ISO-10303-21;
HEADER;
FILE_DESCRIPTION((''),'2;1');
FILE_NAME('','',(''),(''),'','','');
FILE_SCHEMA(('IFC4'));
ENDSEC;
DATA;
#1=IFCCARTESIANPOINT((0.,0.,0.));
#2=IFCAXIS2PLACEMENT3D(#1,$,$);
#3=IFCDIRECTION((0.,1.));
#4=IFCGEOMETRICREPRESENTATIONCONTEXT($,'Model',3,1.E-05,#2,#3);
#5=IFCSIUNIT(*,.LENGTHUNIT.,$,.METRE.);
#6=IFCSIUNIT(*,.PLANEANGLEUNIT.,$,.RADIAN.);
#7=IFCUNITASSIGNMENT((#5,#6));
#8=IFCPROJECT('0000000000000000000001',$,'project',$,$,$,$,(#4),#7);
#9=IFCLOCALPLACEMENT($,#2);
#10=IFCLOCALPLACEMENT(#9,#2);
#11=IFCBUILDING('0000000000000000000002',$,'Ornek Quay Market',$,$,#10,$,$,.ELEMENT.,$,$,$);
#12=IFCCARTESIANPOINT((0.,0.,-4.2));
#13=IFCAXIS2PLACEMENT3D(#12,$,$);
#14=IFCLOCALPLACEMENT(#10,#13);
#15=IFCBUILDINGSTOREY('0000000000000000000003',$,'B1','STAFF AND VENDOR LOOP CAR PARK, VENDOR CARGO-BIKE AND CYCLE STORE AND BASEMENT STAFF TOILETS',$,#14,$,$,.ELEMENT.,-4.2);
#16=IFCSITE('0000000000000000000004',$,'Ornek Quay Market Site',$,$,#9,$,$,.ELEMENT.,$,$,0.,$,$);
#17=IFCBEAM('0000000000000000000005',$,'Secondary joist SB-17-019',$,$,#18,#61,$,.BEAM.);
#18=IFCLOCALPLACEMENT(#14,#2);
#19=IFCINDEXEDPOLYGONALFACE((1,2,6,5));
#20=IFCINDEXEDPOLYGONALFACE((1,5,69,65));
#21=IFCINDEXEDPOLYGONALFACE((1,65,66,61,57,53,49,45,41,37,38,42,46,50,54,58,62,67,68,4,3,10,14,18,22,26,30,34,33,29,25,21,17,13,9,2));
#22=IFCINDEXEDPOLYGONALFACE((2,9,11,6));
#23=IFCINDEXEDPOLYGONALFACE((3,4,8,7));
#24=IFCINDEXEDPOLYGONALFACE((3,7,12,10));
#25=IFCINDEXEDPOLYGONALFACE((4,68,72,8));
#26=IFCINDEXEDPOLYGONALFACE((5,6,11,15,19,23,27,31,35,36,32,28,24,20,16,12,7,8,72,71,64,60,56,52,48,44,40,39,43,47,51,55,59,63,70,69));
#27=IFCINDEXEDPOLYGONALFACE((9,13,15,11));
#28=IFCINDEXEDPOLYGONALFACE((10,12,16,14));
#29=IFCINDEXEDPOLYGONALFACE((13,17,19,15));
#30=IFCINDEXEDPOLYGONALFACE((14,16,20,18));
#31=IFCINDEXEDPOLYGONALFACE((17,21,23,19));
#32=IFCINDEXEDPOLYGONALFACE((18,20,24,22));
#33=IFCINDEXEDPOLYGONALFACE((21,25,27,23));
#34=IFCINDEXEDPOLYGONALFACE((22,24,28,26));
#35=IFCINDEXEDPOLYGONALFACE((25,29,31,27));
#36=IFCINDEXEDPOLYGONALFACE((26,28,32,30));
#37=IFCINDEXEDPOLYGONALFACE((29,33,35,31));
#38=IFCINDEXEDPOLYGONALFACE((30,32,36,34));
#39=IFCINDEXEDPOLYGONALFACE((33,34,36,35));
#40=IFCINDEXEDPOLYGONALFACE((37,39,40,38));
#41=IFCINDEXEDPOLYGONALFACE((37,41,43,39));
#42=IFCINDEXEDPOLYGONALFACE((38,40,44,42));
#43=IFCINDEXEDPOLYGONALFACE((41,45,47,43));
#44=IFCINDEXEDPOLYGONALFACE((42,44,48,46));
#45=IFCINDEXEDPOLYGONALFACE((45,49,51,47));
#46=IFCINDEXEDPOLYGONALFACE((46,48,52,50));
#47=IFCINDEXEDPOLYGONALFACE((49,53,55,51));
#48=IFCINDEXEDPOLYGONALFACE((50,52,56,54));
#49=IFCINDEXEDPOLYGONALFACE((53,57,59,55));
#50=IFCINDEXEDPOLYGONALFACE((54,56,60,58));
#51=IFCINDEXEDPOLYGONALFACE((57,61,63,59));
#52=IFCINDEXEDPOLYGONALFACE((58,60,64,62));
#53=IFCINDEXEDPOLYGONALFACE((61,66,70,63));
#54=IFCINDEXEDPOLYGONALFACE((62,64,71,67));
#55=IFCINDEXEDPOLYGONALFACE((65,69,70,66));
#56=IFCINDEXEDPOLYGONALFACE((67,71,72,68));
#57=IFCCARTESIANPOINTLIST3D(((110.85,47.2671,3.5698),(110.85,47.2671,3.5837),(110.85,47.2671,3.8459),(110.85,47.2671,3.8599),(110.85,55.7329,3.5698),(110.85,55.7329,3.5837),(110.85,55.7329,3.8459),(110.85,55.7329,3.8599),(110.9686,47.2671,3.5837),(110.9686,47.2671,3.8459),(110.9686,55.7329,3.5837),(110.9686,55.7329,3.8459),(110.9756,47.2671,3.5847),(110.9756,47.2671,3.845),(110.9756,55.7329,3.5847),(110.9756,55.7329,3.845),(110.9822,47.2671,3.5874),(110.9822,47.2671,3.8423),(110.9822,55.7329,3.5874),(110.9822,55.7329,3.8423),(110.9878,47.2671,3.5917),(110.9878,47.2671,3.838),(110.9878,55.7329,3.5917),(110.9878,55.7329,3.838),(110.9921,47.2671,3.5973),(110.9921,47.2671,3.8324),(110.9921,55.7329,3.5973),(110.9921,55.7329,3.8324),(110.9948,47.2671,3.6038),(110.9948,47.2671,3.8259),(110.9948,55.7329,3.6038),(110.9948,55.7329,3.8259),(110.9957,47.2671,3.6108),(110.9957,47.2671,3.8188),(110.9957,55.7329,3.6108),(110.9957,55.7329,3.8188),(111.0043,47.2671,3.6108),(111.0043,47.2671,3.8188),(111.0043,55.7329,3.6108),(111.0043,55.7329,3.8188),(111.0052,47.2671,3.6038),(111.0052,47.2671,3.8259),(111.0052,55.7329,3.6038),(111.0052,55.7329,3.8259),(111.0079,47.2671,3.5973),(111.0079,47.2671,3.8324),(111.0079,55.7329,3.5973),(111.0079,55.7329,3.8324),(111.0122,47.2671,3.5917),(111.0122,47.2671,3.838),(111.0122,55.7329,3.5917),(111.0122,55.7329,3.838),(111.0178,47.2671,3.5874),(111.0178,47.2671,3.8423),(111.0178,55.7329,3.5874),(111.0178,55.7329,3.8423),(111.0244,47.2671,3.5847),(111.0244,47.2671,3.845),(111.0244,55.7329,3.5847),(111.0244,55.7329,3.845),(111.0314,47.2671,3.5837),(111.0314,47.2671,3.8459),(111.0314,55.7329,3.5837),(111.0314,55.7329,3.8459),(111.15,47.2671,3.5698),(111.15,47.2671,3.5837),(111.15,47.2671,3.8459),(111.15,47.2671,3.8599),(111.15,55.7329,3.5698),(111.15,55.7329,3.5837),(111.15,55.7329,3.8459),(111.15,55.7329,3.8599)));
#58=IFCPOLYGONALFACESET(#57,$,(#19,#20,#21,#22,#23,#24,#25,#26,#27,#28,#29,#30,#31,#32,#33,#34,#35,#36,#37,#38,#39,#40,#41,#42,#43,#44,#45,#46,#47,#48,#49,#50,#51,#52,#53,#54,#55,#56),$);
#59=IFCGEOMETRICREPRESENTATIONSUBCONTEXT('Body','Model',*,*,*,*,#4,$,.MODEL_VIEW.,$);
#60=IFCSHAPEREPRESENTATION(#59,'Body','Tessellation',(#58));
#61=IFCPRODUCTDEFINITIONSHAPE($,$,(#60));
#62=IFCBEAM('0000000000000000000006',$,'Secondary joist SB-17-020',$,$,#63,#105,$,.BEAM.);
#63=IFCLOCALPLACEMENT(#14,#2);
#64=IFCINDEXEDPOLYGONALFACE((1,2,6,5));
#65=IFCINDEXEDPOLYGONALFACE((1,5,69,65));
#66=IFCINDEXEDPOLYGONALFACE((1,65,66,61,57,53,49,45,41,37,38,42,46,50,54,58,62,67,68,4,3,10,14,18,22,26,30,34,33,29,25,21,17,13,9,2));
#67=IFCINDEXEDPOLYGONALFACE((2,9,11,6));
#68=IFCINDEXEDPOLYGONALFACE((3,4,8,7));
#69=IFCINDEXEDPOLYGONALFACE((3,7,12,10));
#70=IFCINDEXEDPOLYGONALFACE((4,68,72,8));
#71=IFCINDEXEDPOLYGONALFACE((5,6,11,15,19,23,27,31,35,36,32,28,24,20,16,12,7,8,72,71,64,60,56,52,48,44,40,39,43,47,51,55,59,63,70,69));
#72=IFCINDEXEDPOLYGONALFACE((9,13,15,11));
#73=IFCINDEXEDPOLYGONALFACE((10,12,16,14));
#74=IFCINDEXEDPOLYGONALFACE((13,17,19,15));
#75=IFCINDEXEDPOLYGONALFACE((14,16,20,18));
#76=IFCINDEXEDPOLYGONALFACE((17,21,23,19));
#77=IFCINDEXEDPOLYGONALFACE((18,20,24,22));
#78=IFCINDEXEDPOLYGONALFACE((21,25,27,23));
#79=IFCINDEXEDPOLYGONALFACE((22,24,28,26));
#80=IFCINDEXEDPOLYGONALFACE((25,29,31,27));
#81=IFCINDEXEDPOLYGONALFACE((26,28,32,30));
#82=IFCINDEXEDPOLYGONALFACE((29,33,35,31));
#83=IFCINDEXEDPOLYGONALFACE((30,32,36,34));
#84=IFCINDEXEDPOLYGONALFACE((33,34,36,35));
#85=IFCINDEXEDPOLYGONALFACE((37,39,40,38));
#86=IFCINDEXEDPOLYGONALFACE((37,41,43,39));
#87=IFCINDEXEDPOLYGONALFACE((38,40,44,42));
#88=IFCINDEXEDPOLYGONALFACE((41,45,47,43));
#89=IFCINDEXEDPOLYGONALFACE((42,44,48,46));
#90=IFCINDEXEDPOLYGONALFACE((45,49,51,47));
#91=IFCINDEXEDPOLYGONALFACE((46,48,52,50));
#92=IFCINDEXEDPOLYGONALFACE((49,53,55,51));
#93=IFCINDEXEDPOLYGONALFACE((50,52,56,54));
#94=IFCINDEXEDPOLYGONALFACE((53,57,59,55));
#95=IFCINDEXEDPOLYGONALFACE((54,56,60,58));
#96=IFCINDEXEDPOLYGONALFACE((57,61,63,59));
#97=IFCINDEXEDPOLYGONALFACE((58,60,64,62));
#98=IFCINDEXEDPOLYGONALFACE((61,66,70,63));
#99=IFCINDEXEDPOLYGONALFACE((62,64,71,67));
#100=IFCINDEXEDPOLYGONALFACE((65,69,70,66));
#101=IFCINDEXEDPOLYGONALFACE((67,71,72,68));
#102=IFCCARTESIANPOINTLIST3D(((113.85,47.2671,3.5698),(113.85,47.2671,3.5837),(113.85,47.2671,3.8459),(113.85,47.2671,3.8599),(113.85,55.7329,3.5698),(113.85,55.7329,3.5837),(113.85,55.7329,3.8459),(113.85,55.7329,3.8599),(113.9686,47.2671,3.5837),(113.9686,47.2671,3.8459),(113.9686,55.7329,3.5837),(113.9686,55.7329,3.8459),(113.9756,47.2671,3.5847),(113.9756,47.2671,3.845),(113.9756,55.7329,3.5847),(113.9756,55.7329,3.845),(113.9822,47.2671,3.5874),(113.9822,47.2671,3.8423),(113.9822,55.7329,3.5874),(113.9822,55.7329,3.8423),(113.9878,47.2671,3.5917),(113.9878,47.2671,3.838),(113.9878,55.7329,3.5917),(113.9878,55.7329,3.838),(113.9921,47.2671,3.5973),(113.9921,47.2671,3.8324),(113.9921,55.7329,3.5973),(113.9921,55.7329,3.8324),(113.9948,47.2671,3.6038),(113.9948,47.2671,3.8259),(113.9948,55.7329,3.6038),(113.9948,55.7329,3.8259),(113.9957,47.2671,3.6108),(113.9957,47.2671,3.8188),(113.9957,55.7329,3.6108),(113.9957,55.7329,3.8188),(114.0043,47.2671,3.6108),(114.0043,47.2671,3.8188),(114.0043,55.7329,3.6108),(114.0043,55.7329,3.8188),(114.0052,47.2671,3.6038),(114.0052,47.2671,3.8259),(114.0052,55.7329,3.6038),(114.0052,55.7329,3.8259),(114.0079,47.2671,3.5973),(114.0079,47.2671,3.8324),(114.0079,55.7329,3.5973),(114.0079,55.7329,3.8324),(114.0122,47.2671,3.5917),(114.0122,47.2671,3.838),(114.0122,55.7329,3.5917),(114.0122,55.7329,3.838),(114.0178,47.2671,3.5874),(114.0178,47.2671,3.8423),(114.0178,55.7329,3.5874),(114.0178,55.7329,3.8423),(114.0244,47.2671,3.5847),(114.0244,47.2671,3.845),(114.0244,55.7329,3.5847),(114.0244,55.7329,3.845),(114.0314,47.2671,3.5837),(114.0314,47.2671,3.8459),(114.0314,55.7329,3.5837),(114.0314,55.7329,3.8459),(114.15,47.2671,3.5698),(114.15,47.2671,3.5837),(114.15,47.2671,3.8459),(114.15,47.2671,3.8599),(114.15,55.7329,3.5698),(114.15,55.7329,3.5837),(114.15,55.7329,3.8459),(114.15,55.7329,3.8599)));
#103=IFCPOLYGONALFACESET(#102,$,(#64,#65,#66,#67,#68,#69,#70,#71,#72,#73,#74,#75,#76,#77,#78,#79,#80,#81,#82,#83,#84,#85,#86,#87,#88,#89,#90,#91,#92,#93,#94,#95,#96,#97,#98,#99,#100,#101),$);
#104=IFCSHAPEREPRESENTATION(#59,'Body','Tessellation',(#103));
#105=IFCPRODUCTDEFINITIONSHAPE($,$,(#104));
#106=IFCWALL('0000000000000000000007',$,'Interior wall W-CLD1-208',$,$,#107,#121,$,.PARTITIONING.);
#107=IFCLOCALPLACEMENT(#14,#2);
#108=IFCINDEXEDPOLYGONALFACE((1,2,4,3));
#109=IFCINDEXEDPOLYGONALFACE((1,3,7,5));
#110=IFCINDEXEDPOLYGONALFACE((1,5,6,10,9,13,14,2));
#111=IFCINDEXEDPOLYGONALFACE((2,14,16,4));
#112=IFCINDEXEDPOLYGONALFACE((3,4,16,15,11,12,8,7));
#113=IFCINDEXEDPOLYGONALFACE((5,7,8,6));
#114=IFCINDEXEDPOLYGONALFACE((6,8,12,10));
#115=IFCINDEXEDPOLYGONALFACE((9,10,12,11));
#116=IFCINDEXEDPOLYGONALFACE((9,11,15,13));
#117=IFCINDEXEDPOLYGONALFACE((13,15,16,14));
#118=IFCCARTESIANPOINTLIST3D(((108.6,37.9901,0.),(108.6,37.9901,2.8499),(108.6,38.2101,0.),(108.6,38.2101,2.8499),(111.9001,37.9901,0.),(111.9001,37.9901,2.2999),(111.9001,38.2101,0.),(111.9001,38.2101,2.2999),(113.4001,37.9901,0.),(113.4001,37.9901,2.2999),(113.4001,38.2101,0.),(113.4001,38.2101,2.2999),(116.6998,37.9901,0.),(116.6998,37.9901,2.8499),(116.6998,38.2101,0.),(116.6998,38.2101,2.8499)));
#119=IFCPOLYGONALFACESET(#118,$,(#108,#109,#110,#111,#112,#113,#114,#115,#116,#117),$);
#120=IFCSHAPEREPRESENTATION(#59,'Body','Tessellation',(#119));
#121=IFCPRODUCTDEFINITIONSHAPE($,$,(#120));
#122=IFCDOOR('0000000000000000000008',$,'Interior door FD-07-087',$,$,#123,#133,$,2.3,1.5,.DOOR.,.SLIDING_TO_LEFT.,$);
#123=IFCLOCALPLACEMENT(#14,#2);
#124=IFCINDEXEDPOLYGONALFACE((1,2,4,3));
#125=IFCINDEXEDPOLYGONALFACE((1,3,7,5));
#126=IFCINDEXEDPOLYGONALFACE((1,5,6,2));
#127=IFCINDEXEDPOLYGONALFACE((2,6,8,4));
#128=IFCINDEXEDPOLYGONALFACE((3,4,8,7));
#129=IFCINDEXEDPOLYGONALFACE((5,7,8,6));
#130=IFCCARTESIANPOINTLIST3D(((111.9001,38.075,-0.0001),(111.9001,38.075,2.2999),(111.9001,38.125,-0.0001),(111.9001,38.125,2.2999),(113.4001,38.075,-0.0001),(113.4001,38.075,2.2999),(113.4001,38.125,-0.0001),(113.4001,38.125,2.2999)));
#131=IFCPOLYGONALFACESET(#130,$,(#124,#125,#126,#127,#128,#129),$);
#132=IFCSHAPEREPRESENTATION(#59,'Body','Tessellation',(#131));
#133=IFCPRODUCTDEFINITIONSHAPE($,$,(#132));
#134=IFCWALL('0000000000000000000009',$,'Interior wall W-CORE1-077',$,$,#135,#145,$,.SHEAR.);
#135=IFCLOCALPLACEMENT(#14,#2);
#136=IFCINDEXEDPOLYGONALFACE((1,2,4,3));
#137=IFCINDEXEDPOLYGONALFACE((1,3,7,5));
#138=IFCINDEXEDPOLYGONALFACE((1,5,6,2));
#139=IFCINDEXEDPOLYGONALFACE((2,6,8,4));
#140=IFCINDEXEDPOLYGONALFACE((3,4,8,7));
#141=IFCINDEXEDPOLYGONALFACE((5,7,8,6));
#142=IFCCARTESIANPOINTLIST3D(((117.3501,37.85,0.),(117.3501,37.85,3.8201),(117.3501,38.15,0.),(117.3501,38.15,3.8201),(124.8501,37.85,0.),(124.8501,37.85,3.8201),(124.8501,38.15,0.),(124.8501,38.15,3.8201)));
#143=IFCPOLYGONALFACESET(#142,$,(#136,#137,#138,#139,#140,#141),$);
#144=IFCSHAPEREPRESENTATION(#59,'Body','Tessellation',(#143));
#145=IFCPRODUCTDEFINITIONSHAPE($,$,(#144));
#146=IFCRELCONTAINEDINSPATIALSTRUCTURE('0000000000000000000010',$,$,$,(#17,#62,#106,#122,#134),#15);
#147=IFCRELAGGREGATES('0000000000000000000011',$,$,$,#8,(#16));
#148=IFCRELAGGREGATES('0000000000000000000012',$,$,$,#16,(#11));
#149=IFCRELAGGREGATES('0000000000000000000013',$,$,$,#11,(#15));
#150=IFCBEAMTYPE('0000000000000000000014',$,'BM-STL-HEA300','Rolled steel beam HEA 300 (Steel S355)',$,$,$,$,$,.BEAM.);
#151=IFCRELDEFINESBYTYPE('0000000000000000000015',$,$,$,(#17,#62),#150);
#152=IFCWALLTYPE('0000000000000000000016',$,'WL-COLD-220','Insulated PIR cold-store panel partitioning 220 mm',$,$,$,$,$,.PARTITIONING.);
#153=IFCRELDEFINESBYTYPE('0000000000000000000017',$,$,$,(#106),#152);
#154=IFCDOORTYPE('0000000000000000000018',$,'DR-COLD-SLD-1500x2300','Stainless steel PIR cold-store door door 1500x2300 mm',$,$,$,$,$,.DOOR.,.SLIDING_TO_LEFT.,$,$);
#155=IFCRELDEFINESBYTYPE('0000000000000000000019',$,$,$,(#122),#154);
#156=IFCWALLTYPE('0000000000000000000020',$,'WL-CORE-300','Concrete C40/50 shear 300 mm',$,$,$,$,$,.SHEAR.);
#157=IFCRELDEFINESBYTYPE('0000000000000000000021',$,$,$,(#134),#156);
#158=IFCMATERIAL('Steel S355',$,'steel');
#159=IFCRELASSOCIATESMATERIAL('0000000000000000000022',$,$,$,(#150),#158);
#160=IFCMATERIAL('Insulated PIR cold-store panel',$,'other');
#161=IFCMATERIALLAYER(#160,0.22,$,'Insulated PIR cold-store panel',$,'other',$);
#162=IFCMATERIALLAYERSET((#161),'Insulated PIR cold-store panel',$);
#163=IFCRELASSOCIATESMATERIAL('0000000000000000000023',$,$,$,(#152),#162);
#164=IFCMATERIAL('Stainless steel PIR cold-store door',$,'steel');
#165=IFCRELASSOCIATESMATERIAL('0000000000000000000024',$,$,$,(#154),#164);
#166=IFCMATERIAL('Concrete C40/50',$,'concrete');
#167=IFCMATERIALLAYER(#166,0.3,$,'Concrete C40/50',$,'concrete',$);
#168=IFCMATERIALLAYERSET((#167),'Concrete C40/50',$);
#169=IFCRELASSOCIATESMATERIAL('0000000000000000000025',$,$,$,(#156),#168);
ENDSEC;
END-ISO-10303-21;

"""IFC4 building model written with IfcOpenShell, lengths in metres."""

from ifc_helpers import new_model, si_unit, direction, frame, frame_2d, origin, origin_2d, place, context, subcontext, project, spatial, rectangle, i_section, extrude, material, layer, layer_set, material_profile, profile_set, type_object, element, fill, save


model = new_model("IFC4")

# Units and contexts
model_context = context("Model", 3, precision=1e-05, world=origin(), true_north=direction((0.0, 1.0)))
body_context = subcontext(model_context, "Body", "Model", "MODEL_VIEW")
ifc_project = project(units=[si_unit("LENGTHUNIT", "METRE"), si_unit("PLANEANGLEUNIT", "RADIAN")], contexts=[model_context])

# Site, building, storey
site_placement = place(None, origin())
site = spatial("IfcSite", under=ifc_project, at=site_placement, Name="Ornek Quay Market Site", CompositionType="ELEMENT", RefElevation=0.0)
building_placement = place(site_placement, origin())
building = spatial("IfcBuilding", under=site, at=building_placement, Name="Ornek Quay Market", CompositionType="ELEMENT")
storey_placement = place(building_placement, frame((0.0, 0.0, -4.2)))
storey = spatial("IfcBuildingStorey", under=building, at=storey_placement, Name="B1", Description="STAFF AND VENDOR LOOP CAR PARK, VENDOR CARGO-BIKE AND CYCLE STORE AND BASEMENT STAFF TOILETS", CompositionType="ELEMENT", Elevation=-4.2)

# Beams
ifc_material_1 = material(Name="Concrete C40/50", Category="concrete")
ifc_material_2 = material(Name="Steel S355", Category="steel")
ifc_material_profile_1 = material_profile(ifc_material_2, i_section(OverallWidth=0.3, OverallDepth=0.29, WebThickness=0.0085, FlangeThickness=0.0139, FilletRadius=0.0271, at=origin_2d()), Name="HEA 300", Category="steel")
ifc_profile_set_1 = profile_set([ifc_material_profile_1], Name="Steel S355")
beam_type_1 = type_object("IfcBeamType", Name="BM-STL-HEA300", Description="Rolled steel beam HEA 300 (Steel S355)", PredefinedType="BEAM", material=ifc_profile_set_1)
for number, where, z_axis, x_axis, name in (
    (1, (111.0, 47.2671, 3.7148), (0.0, 1.0, 0.0), (-1.0, 0.0, 0.0), "Secondary joist SB-17-019"),
    (2, (114.0, 47.2671, 3.7148), (0.0, 1.0, 0.0), (-1.0, 0.0, 0.0), "Secondary joist SB-17-020"),
):
    element("IfcBeam", number, at=place(storey_placement, frame(where, z_axis=z_axis, x_axis=x_axis)), inside=storey, type_object=beam_type_1, Name=name, PredefinedType="BEAM", context=body_context, shape_type="SweptSolid", body=[
        extrude(i_section(OverallWidth=0.3, OverallDepth=0.29, WebThickness=0.0085, FlangeThickness=0.0139, FilletRadius=0.0271, at=origin_2d()), origin(), (0.0, 0.0, 1.0), 8.4658),
    ])

# Wall, opening, door
ifc_material_3 = material(Name="Insulated PIR cold-store panel", Category="other")
ifc_layer_1 = layer(ifc_material_3, 0.22, Name="Insulated PIR cold-store panel", Category="other")
ifc_layer_set_1 = layer_set([ifc_layer_1], Name="Insulated PIR cold-store panel")
wall_type_1 = type_object("IfcWallType", Name="WL-COLD-220", Description="Insulated PIR cold-store panel partitioning 220 mm", PredefinedType="PARTITIONING", material=ifc_layer_set_1)
wall_1_placement = place(storey_placement, frame((108.6001, 38.1001, 0.0), z_axis=(0.0, 0.0, 1.0), x_axis=(1.0, 0.0, 0.0)))
wall_1 = element("IfcWall", 3, at=wall_1_placement, inside=storey, type_object=wall_type_1, Name="Interior wall W-CLD1-208", PredefinedType="PARTITIONING", context=body_context, shape_type="SweptSolid", body=[
    extrude(rectangle(XDim=8.0999, YDim=0.22, at=frame_2d((4.0498, 0.0))), origin(), (0.0, 0.0, 1.0), 2.8499),
])
opening_placement = place(wall_1_placement, frame((3.3, 0.0, 0.0)))
opening = element("IfcOpeningElement", 4, at=opening_placement, cuts=wall_1, PredefinedType="OPENING", context=body_context, shape_type="SweptSolid", body=[
    extrude(rectangle(XDim=1.5, YDim=2.3, at=frame_2d((0.75, 1.1499))), frame((0.0, 0.1199, 0.0), z_axis=(0.0, -1.0, 0.0), x_axis=(1.0, 0.0, 0.0)), (0.0, 0.0, 1.0), 0.24),
])
ifc_material_4 = material(Name="Stainless steel PIR cold-store door", Category="steel")
door_type = type_object("IfcDoorType", Name="DR-COLD-SLD-1500x2300", Description="Stainless steel PIR cold-store door door 1500x2300 mm", OperationType="SLIDING_TO_LEFT", PredefinedType="DOOR", material=ifc_material_4)
door_placement = place(opening_placement, origin())
door = element("IfcDoor", 5, at=door_placement, inside=storey, type_object=door_type, Name="Interior door FD-07-087", OperationType="SLIDING_TO_LEFT", OverallHeight=2.3, OverallWidth=1.5, PredefinedType="DOOR", context=body_context, shape_type="SweptSolid", body=[
    extrude(rectangle(XDim=1.5, YDim=2.3, at=frame_2d((0.75, 1.1499))), frame((0.0, 0.0249, 0.0), z_axis=(0.0, -1.0, 0.0), x_axis=(1.0, 0.0, 0.0)), (0.0, 0.0, 1.0), 0.05),
])
fill(opening, door)

# Wall
ifc_layer_2 = layer(ifc_material_1, 0.3, Name="Concrete C40/50", Category="concrete")
ifc_layer_set_2 = layer_set([ifc_layer_2], Name="Concrete C40/50")
wall_type_2 = type_object("IfcWallType", Name="WL-CORE-300", Description="Concrete C40/50 shear 300 mm", PredefinedType="SHEAR", material=ifc_layer_set_2)
wall_2_placement = place(storey_placement, frame((117.3501, 38.0, 0.0), z_axis=(0.0, 0.0, 1.0), x_axis=(1.0, 0.0, 0.0)))
element("IfcWall", 6, at=wall_2_placement, inside=storey, type_object=wall_type_2, Name="Interior wall W-CORE1-077", PredefinedType="SHEAR", context=body_context, shape_type="SweptSolid", body=[
    extrude(rectangle(XDim=7.5, YDim=0.3, at=frame_2d((3.75, 0.0))), origin(), (0.0, 0.0, 1.0), 3.8201),
])

save(model, "model.ifc")
